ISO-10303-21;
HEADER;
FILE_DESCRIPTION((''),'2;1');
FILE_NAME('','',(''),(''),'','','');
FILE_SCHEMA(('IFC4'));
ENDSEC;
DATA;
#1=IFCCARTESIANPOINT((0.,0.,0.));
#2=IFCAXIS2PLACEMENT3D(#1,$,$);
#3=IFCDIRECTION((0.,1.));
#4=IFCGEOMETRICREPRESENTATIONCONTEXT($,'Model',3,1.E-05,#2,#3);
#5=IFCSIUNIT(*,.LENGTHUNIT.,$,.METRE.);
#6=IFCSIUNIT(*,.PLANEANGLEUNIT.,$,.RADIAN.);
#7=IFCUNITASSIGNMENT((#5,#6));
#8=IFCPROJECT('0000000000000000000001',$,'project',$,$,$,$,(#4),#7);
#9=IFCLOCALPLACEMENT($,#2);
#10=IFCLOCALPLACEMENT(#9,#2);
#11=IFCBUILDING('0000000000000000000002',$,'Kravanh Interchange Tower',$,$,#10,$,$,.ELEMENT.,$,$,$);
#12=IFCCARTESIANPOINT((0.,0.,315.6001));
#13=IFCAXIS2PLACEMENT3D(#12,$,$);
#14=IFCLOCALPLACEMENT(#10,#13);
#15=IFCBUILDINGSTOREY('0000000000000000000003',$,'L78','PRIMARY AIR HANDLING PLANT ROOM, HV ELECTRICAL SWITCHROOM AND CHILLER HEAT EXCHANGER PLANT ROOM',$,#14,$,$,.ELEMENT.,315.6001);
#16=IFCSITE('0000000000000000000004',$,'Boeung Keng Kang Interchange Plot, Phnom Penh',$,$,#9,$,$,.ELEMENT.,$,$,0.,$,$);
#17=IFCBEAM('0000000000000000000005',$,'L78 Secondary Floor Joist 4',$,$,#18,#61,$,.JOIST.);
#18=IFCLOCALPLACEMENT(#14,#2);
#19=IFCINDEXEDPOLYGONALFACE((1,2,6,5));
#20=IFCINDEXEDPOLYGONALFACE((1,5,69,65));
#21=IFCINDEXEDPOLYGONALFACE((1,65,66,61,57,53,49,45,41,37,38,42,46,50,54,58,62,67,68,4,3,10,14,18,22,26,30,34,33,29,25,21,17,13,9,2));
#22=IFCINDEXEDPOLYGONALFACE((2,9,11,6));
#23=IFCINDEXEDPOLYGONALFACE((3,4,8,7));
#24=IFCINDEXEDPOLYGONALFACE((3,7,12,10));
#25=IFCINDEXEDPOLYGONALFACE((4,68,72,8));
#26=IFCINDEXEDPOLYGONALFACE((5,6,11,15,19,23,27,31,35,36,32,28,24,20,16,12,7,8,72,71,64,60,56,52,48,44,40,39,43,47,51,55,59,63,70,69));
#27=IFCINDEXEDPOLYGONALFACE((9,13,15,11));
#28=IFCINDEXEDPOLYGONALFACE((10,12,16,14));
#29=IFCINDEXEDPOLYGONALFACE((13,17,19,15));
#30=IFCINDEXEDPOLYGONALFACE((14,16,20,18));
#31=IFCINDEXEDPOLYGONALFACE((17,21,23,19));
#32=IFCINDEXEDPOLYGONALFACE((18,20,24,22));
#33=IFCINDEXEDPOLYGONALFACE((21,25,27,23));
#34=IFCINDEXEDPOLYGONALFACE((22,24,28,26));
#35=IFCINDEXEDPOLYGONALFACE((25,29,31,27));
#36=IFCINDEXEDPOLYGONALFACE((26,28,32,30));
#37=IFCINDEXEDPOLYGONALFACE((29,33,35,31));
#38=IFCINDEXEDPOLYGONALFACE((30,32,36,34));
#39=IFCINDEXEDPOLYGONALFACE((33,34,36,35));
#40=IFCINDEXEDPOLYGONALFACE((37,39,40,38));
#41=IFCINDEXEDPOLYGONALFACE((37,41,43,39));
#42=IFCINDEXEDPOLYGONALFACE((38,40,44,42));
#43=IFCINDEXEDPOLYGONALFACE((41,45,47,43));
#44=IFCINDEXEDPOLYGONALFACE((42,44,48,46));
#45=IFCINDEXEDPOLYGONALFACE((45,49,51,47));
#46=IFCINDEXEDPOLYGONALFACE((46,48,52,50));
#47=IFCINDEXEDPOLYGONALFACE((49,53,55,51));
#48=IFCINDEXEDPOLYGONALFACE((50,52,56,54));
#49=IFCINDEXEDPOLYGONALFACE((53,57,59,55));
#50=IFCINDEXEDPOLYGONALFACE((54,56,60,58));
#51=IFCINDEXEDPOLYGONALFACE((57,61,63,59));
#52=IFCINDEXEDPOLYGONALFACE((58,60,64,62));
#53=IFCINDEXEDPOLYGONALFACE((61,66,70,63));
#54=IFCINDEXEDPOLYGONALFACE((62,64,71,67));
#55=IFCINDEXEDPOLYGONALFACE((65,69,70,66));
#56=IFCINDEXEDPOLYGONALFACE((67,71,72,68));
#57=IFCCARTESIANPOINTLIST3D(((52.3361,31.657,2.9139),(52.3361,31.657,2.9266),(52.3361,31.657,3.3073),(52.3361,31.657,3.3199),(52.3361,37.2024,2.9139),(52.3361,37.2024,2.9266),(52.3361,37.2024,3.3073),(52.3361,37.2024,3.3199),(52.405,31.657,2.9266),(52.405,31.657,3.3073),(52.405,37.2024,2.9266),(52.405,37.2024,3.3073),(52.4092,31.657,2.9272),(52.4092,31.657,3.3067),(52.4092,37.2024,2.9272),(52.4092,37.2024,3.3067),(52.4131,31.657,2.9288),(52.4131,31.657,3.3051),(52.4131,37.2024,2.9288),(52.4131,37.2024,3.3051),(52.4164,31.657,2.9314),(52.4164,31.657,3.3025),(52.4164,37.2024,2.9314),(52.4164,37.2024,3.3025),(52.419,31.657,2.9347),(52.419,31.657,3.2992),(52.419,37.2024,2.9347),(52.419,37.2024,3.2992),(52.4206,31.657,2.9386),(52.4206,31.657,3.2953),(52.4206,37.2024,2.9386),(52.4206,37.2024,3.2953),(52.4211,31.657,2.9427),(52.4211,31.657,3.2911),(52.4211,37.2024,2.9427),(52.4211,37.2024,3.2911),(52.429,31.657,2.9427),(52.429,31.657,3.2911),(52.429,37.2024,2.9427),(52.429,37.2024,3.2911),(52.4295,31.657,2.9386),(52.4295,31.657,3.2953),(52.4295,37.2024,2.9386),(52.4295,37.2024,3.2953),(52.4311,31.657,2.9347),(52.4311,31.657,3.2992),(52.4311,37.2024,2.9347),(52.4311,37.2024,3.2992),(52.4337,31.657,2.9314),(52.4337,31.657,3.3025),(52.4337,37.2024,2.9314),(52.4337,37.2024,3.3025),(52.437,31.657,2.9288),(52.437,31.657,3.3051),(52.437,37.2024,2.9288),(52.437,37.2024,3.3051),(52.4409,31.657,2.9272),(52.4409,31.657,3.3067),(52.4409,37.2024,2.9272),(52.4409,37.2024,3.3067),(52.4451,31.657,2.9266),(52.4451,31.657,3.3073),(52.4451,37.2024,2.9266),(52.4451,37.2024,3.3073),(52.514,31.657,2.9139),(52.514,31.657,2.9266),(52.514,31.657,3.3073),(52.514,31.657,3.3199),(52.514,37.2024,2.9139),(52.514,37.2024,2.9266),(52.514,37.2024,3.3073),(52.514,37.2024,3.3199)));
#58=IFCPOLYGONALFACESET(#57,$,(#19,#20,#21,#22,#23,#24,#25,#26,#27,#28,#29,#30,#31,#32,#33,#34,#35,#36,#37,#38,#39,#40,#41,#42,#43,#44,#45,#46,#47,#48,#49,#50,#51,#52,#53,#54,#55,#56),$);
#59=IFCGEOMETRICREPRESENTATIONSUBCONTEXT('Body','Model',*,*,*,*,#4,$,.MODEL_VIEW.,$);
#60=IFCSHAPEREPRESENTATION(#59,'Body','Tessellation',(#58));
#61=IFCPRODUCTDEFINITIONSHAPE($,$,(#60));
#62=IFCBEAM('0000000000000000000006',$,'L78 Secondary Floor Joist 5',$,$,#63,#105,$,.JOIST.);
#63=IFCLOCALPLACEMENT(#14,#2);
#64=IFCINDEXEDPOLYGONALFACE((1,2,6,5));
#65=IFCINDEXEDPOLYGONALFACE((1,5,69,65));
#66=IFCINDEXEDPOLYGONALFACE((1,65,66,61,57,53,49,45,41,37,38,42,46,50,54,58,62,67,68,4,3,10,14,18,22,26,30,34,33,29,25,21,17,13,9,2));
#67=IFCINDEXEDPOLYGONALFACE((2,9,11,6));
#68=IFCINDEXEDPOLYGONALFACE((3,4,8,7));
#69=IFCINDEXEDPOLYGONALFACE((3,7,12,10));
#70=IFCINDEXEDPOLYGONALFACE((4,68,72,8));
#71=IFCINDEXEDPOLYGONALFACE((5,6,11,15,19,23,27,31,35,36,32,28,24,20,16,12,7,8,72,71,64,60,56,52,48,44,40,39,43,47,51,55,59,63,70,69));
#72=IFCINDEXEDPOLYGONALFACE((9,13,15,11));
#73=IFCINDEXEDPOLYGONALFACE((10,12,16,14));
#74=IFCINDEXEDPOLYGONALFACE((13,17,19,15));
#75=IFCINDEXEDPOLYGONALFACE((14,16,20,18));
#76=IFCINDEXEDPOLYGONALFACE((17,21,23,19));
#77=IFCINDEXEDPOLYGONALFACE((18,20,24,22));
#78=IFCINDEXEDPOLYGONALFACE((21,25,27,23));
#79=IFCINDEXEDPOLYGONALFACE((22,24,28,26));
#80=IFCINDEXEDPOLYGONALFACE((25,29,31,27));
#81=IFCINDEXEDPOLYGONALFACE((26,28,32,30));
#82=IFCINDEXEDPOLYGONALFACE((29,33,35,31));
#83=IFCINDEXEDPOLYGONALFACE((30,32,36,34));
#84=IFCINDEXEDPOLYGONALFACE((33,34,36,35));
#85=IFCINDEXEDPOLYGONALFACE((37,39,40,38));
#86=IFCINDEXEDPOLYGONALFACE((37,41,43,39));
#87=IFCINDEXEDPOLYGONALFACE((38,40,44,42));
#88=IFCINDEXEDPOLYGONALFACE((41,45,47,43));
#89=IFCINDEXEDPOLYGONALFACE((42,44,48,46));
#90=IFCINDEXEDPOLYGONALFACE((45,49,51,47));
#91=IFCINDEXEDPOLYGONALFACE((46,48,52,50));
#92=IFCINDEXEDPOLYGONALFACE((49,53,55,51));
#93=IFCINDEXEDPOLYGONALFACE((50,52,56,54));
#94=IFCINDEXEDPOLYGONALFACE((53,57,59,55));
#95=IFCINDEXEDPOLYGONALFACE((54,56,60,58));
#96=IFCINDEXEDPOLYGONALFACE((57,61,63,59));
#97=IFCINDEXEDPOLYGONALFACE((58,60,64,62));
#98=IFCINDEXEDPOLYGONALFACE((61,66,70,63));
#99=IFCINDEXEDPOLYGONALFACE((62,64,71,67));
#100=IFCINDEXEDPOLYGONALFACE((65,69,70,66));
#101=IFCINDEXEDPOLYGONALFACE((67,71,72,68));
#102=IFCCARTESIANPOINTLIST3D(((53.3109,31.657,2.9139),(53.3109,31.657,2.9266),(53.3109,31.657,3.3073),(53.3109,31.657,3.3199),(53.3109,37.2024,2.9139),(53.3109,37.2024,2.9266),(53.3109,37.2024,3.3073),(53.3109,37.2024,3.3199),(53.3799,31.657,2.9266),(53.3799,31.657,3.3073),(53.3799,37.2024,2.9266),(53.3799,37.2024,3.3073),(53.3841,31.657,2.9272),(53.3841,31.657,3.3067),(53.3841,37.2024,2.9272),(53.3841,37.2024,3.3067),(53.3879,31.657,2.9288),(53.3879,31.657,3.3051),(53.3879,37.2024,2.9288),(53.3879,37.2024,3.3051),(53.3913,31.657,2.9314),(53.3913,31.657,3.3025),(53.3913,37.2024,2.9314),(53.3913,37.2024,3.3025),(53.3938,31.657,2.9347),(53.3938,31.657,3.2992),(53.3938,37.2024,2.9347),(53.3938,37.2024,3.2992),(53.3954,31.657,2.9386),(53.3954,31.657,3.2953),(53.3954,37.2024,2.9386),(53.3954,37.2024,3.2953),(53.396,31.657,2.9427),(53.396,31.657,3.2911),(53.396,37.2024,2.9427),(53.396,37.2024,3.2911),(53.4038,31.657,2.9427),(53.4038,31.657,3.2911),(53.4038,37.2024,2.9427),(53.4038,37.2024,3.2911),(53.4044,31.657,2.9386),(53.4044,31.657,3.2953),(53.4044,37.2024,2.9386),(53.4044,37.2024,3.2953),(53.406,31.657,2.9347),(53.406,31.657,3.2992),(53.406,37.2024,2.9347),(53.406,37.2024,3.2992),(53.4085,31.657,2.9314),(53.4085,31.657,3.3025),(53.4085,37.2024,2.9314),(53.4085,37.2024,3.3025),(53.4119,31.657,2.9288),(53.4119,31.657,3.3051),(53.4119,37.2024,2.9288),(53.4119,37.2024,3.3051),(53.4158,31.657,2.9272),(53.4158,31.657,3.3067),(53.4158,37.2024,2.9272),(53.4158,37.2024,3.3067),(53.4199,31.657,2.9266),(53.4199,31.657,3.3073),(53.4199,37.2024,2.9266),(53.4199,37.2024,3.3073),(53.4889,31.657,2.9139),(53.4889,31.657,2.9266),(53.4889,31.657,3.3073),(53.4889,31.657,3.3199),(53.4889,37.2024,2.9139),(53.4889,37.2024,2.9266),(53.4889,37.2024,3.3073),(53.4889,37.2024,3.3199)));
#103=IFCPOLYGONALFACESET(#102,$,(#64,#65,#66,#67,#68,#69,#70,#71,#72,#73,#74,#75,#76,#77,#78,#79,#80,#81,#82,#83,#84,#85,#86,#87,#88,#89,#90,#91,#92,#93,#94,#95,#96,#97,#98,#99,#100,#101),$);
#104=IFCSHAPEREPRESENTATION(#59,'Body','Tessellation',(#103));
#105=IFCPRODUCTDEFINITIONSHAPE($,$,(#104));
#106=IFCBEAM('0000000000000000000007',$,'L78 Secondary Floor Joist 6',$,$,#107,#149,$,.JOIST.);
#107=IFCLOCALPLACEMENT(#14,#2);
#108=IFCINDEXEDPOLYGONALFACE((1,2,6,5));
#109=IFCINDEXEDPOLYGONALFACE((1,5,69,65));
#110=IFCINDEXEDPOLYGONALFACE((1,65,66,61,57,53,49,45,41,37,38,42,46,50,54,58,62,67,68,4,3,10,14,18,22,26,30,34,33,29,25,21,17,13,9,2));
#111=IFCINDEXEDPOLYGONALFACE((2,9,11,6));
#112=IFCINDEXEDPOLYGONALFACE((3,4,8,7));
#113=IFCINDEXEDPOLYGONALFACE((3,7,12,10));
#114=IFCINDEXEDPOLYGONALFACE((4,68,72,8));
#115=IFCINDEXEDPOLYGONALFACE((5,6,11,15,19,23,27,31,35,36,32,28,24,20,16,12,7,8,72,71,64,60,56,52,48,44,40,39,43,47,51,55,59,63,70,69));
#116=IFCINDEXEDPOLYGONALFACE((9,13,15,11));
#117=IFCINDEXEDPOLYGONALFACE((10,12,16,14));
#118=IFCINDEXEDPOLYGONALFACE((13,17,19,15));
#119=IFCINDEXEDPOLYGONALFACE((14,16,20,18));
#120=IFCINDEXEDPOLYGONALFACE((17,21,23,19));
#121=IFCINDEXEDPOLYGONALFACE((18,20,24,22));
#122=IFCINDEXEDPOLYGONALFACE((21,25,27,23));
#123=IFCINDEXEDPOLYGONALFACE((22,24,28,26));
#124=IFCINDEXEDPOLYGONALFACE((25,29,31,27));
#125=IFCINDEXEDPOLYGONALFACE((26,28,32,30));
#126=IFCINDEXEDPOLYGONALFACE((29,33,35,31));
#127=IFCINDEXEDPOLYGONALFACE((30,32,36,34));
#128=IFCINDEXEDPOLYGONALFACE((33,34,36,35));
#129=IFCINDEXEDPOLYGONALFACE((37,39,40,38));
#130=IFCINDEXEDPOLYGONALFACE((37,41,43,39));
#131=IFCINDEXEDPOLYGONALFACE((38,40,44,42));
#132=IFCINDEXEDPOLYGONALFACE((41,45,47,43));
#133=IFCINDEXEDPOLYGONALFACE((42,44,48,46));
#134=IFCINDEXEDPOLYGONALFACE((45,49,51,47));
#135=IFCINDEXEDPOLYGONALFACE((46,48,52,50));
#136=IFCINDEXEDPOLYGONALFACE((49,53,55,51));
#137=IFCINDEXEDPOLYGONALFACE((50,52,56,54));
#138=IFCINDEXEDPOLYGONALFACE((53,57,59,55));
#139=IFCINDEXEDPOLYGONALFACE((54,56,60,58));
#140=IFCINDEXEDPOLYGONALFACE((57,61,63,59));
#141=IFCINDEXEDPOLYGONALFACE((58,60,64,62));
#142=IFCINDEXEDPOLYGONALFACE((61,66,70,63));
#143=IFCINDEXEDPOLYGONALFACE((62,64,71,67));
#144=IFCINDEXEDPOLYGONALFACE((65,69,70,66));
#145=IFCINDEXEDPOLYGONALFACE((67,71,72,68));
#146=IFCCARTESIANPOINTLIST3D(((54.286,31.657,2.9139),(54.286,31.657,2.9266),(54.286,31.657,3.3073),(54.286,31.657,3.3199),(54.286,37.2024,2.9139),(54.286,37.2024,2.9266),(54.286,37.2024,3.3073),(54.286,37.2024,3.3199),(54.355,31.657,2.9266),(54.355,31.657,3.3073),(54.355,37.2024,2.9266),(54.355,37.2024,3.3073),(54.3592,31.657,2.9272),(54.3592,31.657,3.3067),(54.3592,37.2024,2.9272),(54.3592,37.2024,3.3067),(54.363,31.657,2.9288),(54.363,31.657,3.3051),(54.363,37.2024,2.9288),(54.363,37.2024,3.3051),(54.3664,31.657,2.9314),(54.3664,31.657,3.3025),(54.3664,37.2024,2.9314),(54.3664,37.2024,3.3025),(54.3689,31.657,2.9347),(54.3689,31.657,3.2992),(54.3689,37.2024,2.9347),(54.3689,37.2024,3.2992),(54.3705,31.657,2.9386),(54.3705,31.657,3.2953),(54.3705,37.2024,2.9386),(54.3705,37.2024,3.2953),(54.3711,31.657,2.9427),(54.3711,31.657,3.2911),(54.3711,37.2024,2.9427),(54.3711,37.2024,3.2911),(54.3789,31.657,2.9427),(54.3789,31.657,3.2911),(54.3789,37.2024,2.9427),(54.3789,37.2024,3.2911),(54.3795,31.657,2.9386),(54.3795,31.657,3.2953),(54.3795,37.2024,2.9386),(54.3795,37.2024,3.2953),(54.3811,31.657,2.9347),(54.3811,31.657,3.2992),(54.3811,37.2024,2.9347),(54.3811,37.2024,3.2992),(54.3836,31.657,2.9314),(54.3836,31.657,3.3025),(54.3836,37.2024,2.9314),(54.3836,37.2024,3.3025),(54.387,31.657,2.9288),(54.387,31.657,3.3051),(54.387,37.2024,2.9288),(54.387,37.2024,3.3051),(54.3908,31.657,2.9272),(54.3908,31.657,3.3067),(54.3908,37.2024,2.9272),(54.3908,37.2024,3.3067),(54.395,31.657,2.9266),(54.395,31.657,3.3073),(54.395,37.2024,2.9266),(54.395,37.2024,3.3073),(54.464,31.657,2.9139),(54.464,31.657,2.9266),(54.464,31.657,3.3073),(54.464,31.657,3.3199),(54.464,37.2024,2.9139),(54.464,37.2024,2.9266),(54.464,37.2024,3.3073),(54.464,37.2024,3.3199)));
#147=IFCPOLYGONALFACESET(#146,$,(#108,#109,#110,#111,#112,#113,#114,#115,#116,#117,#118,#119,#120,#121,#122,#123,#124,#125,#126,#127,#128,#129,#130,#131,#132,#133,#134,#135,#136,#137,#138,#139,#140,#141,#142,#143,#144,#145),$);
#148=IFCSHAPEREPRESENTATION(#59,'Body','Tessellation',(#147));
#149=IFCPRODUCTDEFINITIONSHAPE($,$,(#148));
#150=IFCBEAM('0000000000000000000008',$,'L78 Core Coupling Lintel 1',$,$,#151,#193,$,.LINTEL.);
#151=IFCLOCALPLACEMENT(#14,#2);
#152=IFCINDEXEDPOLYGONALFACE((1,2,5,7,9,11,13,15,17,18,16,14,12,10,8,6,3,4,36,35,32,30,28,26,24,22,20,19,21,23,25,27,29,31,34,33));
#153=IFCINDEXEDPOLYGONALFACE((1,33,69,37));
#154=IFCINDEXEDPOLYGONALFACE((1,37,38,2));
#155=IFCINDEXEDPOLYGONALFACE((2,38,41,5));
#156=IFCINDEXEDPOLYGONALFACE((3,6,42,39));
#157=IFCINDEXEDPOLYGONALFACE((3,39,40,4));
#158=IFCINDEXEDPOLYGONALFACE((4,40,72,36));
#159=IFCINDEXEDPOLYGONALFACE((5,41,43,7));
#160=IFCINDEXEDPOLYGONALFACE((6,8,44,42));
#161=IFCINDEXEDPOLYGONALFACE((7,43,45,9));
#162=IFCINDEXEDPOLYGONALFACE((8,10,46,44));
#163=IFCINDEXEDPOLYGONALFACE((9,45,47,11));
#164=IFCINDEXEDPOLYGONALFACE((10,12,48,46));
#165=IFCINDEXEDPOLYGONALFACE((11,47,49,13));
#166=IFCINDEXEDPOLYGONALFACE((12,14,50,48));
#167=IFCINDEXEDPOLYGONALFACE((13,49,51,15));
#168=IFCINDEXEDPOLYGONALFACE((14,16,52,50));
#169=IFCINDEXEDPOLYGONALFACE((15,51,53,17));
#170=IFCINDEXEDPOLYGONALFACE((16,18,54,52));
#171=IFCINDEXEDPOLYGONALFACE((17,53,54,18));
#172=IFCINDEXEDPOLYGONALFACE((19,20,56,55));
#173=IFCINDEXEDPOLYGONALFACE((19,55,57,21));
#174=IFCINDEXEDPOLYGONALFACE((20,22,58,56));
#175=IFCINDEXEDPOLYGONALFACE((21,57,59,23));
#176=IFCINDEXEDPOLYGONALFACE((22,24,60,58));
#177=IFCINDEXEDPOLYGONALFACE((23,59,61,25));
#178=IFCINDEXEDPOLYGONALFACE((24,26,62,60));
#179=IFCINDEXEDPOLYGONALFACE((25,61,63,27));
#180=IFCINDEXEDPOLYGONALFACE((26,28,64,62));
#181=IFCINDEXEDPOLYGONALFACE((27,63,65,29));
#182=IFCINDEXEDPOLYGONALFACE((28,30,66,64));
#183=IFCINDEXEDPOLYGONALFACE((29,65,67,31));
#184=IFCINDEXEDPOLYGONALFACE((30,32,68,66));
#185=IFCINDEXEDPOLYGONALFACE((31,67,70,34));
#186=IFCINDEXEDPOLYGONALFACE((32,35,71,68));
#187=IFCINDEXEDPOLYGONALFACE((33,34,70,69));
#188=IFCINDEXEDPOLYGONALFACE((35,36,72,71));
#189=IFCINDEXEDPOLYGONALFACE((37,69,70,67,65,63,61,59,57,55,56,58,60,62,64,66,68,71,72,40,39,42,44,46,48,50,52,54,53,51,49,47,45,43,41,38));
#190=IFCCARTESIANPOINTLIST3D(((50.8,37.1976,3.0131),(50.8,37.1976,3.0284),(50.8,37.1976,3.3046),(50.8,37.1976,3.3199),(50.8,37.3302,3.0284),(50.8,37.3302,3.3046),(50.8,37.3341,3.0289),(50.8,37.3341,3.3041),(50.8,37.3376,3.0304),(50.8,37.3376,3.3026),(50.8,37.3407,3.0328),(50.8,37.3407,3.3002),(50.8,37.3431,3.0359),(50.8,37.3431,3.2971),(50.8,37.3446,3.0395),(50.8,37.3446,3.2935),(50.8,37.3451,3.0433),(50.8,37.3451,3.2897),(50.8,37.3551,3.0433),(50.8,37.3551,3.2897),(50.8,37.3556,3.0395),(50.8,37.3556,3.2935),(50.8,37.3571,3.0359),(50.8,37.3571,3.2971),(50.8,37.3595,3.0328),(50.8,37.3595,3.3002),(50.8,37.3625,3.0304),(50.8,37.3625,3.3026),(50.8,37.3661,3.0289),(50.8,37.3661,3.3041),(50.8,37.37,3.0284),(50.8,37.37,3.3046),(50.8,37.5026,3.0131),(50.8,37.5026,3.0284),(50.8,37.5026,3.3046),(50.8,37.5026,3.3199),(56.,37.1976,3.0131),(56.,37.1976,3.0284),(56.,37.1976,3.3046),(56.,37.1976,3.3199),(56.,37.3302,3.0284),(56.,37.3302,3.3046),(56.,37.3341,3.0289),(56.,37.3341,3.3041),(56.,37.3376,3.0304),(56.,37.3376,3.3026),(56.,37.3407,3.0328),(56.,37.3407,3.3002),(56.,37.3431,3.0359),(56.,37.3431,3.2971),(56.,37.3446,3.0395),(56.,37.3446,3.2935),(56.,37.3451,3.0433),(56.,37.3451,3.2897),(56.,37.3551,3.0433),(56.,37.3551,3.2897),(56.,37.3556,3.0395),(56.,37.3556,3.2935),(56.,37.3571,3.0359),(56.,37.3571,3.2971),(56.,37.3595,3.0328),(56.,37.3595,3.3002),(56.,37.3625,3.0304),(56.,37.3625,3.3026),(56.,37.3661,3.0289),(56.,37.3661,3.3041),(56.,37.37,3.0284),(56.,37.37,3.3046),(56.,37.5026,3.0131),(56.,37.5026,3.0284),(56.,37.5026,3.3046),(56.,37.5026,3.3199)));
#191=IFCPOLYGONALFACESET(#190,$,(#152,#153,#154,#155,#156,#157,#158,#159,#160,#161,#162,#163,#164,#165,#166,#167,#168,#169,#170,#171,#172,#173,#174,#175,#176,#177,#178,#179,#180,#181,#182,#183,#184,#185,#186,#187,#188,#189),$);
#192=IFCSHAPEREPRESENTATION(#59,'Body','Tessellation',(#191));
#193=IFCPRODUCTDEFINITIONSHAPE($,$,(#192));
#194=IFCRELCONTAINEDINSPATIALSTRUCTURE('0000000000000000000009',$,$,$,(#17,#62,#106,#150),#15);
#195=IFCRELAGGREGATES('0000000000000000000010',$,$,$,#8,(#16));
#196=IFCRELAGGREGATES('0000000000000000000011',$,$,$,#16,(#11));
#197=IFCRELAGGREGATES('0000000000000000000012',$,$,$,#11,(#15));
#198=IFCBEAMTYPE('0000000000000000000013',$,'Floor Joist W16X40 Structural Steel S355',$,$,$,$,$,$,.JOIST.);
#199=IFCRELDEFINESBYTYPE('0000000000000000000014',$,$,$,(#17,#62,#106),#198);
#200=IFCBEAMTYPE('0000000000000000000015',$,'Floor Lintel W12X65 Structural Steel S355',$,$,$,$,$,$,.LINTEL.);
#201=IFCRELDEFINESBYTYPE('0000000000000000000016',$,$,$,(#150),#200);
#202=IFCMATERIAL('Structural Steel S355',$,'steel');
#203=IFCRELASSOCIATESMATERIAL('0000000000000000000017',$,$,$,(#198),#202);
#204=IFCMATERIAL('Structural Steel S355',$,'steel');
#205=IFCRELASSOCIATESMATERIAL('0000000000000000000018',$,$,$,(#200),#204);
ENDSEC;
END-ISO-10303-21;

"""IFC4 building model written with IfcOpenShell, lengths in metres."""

from ifc_helpers import new_model, si_unit, direction, frame, origin, origin_2d, place, context, subcontext, project, spatial, i_section, extrude, material, material_profile, profile_set, type_object, element, save


model = new_model("IFC4")

# Units and contexts
model_context = context("Model", 3, precision=1e-05, world=origin(), true_north=direction((0.0, 1.0)))
body_context = subcontext(model_context, "Body", "Model", "MODEL_VIEW")
ifc_project = project(units=[si_unit("LENGTHUNIT", "METRE"), si_unit("PLANEANGLEUNIT", "RADIAN")], contexts=[model_context])

# Site, building, storey
site_placement = place(None, origin())
site = spatial("IfcSite", under=ifc_project, at=site_placement, Name="Boeung Keng Kang Interchange Plot, Phnom Penh", CompositionType="ELEMENT", RefElevation=0.0)
building_placement = place(site_placement, origin())
building = spatial("IfcBuilding", under=site, at=building_placement, Name="Kravanh Interchange Tower", CompositionType="ELEMENT")
storey_placement = place(building_placement, frame((0.0, 0.0, 315.6001)))
storey = spatial("IfcBuildingStorey", under=building, at=storey_placement, Name="L78", Description="PRIMARY AIR HANDLING PLANT ROOM, HV ELECTRICAL SWITCHROOM AND CHILLER HEAT EXCHANGER PLANT ROOM", CompositionType="ELEMENT", Elevation=315.6001)

# Beams
ifc_material_1 = material(Name="Structural Steel S355", Category="steel")
ifc_material_profile_1 = material_profile(ifc_material_1, i_section(OverallWidth=0.178, OverallDepth=0.406, WebThickness=0.0078, FlangeThickness=0.0127, FilletRadius=0.0161, at=origin_2d()), Name="W16X40")
ifc_profile_set_1 = profile_set([ifc_material_profile_1], Name="Structural Steel S355")
beam_type_1 = type_object("IfcBeamType", Name="Floor Joist W16X40 Structural Steel S355", PredefinedType="JOIST", material=ifc_profile_set_1)
for number, where, z_axis, x_axis, name in (
    (1, (52.425, 31.657, 3.1169), (0.0, 1.0, 0.0), (-1.0, 0.0, 0.0), "L78 Secondary Floor Joist 4"),
    (2, (53.3999, 31.657, 3.1169), (0.0, 1.0, 0.0), (-1.0, 0.0, 0.0), "L78 Secondary Floor Joist 5"),
    (3, (54.375, 31.657, 3.1169), (0.0, 1.0, 0.0), (-1.0, 0.0, 0.0), "L78 Secondary Floor Joist 6"),
):
    element("IfcBeam", number, at=place(storey_placement, frame(where, z_axis=z_axis, x_axis=x_axis)), inside=storey, type_object=beam_type_1, Name=name, PredefinedType="JOIST", context=body_context, shape_type="SweptSolid", body=[
        extrude(i_section(OverallWidth=0.178, OverallDepth=0.406, WebThickness=0.0078, FlangeThickness=0.0127, FilletRadius=0.0161, at=origin_2d()), origin(), (0.0, 0.0, 1.0), 5.5454),
    ])
ifc_material_2 = material(Name="Structural Steel S355", Category="steel")
ifc_material_profile_2 = material_profile(ifc_material_2, i_section(OverallWidth=0.3049, OverallDepth=0.3069, WebThickness=0.01, FlangeThickness=0.0154, FilletRadius=0.0149, at=origin_2d()), Name="W12X65")
ifc_profile_set_2 = profile_set([ifc_material_profile_2], Name="Structural Steel S355")
beam_type_2 = type_object("IfcBeamType", Name="Floor Lintel W12X65 Structural Steel S355", PredefinedType="LINTEL", material=ifc_profile_set_2)
beam_1_placement = place(storey_placement, frame((50.8, 37.3501, 3.1665), z_axis=(1.0, 0.0, 0.0), x_axis=(0.0, 1.0, 0.0)))
element("IfcBeam", 4, at=beam_1_placement, inside=storey, type_object=beam_type_2, Name="L78 Core Coupling Lintel 1", PredefinedType="LINTEL", context=body_context, shape_type="SweptSolid", body=[
    extrude(i_section(OverallWidth=0.3049, OverallDepth=0.3069, WebThickness=0.01, FlangeThickness=0.0154, FilletRadius=0.0149, at=origin_2d()), origin(), (0.0, 0.0, 1.0), 5.2),
])

save(model, "model.ifc")
